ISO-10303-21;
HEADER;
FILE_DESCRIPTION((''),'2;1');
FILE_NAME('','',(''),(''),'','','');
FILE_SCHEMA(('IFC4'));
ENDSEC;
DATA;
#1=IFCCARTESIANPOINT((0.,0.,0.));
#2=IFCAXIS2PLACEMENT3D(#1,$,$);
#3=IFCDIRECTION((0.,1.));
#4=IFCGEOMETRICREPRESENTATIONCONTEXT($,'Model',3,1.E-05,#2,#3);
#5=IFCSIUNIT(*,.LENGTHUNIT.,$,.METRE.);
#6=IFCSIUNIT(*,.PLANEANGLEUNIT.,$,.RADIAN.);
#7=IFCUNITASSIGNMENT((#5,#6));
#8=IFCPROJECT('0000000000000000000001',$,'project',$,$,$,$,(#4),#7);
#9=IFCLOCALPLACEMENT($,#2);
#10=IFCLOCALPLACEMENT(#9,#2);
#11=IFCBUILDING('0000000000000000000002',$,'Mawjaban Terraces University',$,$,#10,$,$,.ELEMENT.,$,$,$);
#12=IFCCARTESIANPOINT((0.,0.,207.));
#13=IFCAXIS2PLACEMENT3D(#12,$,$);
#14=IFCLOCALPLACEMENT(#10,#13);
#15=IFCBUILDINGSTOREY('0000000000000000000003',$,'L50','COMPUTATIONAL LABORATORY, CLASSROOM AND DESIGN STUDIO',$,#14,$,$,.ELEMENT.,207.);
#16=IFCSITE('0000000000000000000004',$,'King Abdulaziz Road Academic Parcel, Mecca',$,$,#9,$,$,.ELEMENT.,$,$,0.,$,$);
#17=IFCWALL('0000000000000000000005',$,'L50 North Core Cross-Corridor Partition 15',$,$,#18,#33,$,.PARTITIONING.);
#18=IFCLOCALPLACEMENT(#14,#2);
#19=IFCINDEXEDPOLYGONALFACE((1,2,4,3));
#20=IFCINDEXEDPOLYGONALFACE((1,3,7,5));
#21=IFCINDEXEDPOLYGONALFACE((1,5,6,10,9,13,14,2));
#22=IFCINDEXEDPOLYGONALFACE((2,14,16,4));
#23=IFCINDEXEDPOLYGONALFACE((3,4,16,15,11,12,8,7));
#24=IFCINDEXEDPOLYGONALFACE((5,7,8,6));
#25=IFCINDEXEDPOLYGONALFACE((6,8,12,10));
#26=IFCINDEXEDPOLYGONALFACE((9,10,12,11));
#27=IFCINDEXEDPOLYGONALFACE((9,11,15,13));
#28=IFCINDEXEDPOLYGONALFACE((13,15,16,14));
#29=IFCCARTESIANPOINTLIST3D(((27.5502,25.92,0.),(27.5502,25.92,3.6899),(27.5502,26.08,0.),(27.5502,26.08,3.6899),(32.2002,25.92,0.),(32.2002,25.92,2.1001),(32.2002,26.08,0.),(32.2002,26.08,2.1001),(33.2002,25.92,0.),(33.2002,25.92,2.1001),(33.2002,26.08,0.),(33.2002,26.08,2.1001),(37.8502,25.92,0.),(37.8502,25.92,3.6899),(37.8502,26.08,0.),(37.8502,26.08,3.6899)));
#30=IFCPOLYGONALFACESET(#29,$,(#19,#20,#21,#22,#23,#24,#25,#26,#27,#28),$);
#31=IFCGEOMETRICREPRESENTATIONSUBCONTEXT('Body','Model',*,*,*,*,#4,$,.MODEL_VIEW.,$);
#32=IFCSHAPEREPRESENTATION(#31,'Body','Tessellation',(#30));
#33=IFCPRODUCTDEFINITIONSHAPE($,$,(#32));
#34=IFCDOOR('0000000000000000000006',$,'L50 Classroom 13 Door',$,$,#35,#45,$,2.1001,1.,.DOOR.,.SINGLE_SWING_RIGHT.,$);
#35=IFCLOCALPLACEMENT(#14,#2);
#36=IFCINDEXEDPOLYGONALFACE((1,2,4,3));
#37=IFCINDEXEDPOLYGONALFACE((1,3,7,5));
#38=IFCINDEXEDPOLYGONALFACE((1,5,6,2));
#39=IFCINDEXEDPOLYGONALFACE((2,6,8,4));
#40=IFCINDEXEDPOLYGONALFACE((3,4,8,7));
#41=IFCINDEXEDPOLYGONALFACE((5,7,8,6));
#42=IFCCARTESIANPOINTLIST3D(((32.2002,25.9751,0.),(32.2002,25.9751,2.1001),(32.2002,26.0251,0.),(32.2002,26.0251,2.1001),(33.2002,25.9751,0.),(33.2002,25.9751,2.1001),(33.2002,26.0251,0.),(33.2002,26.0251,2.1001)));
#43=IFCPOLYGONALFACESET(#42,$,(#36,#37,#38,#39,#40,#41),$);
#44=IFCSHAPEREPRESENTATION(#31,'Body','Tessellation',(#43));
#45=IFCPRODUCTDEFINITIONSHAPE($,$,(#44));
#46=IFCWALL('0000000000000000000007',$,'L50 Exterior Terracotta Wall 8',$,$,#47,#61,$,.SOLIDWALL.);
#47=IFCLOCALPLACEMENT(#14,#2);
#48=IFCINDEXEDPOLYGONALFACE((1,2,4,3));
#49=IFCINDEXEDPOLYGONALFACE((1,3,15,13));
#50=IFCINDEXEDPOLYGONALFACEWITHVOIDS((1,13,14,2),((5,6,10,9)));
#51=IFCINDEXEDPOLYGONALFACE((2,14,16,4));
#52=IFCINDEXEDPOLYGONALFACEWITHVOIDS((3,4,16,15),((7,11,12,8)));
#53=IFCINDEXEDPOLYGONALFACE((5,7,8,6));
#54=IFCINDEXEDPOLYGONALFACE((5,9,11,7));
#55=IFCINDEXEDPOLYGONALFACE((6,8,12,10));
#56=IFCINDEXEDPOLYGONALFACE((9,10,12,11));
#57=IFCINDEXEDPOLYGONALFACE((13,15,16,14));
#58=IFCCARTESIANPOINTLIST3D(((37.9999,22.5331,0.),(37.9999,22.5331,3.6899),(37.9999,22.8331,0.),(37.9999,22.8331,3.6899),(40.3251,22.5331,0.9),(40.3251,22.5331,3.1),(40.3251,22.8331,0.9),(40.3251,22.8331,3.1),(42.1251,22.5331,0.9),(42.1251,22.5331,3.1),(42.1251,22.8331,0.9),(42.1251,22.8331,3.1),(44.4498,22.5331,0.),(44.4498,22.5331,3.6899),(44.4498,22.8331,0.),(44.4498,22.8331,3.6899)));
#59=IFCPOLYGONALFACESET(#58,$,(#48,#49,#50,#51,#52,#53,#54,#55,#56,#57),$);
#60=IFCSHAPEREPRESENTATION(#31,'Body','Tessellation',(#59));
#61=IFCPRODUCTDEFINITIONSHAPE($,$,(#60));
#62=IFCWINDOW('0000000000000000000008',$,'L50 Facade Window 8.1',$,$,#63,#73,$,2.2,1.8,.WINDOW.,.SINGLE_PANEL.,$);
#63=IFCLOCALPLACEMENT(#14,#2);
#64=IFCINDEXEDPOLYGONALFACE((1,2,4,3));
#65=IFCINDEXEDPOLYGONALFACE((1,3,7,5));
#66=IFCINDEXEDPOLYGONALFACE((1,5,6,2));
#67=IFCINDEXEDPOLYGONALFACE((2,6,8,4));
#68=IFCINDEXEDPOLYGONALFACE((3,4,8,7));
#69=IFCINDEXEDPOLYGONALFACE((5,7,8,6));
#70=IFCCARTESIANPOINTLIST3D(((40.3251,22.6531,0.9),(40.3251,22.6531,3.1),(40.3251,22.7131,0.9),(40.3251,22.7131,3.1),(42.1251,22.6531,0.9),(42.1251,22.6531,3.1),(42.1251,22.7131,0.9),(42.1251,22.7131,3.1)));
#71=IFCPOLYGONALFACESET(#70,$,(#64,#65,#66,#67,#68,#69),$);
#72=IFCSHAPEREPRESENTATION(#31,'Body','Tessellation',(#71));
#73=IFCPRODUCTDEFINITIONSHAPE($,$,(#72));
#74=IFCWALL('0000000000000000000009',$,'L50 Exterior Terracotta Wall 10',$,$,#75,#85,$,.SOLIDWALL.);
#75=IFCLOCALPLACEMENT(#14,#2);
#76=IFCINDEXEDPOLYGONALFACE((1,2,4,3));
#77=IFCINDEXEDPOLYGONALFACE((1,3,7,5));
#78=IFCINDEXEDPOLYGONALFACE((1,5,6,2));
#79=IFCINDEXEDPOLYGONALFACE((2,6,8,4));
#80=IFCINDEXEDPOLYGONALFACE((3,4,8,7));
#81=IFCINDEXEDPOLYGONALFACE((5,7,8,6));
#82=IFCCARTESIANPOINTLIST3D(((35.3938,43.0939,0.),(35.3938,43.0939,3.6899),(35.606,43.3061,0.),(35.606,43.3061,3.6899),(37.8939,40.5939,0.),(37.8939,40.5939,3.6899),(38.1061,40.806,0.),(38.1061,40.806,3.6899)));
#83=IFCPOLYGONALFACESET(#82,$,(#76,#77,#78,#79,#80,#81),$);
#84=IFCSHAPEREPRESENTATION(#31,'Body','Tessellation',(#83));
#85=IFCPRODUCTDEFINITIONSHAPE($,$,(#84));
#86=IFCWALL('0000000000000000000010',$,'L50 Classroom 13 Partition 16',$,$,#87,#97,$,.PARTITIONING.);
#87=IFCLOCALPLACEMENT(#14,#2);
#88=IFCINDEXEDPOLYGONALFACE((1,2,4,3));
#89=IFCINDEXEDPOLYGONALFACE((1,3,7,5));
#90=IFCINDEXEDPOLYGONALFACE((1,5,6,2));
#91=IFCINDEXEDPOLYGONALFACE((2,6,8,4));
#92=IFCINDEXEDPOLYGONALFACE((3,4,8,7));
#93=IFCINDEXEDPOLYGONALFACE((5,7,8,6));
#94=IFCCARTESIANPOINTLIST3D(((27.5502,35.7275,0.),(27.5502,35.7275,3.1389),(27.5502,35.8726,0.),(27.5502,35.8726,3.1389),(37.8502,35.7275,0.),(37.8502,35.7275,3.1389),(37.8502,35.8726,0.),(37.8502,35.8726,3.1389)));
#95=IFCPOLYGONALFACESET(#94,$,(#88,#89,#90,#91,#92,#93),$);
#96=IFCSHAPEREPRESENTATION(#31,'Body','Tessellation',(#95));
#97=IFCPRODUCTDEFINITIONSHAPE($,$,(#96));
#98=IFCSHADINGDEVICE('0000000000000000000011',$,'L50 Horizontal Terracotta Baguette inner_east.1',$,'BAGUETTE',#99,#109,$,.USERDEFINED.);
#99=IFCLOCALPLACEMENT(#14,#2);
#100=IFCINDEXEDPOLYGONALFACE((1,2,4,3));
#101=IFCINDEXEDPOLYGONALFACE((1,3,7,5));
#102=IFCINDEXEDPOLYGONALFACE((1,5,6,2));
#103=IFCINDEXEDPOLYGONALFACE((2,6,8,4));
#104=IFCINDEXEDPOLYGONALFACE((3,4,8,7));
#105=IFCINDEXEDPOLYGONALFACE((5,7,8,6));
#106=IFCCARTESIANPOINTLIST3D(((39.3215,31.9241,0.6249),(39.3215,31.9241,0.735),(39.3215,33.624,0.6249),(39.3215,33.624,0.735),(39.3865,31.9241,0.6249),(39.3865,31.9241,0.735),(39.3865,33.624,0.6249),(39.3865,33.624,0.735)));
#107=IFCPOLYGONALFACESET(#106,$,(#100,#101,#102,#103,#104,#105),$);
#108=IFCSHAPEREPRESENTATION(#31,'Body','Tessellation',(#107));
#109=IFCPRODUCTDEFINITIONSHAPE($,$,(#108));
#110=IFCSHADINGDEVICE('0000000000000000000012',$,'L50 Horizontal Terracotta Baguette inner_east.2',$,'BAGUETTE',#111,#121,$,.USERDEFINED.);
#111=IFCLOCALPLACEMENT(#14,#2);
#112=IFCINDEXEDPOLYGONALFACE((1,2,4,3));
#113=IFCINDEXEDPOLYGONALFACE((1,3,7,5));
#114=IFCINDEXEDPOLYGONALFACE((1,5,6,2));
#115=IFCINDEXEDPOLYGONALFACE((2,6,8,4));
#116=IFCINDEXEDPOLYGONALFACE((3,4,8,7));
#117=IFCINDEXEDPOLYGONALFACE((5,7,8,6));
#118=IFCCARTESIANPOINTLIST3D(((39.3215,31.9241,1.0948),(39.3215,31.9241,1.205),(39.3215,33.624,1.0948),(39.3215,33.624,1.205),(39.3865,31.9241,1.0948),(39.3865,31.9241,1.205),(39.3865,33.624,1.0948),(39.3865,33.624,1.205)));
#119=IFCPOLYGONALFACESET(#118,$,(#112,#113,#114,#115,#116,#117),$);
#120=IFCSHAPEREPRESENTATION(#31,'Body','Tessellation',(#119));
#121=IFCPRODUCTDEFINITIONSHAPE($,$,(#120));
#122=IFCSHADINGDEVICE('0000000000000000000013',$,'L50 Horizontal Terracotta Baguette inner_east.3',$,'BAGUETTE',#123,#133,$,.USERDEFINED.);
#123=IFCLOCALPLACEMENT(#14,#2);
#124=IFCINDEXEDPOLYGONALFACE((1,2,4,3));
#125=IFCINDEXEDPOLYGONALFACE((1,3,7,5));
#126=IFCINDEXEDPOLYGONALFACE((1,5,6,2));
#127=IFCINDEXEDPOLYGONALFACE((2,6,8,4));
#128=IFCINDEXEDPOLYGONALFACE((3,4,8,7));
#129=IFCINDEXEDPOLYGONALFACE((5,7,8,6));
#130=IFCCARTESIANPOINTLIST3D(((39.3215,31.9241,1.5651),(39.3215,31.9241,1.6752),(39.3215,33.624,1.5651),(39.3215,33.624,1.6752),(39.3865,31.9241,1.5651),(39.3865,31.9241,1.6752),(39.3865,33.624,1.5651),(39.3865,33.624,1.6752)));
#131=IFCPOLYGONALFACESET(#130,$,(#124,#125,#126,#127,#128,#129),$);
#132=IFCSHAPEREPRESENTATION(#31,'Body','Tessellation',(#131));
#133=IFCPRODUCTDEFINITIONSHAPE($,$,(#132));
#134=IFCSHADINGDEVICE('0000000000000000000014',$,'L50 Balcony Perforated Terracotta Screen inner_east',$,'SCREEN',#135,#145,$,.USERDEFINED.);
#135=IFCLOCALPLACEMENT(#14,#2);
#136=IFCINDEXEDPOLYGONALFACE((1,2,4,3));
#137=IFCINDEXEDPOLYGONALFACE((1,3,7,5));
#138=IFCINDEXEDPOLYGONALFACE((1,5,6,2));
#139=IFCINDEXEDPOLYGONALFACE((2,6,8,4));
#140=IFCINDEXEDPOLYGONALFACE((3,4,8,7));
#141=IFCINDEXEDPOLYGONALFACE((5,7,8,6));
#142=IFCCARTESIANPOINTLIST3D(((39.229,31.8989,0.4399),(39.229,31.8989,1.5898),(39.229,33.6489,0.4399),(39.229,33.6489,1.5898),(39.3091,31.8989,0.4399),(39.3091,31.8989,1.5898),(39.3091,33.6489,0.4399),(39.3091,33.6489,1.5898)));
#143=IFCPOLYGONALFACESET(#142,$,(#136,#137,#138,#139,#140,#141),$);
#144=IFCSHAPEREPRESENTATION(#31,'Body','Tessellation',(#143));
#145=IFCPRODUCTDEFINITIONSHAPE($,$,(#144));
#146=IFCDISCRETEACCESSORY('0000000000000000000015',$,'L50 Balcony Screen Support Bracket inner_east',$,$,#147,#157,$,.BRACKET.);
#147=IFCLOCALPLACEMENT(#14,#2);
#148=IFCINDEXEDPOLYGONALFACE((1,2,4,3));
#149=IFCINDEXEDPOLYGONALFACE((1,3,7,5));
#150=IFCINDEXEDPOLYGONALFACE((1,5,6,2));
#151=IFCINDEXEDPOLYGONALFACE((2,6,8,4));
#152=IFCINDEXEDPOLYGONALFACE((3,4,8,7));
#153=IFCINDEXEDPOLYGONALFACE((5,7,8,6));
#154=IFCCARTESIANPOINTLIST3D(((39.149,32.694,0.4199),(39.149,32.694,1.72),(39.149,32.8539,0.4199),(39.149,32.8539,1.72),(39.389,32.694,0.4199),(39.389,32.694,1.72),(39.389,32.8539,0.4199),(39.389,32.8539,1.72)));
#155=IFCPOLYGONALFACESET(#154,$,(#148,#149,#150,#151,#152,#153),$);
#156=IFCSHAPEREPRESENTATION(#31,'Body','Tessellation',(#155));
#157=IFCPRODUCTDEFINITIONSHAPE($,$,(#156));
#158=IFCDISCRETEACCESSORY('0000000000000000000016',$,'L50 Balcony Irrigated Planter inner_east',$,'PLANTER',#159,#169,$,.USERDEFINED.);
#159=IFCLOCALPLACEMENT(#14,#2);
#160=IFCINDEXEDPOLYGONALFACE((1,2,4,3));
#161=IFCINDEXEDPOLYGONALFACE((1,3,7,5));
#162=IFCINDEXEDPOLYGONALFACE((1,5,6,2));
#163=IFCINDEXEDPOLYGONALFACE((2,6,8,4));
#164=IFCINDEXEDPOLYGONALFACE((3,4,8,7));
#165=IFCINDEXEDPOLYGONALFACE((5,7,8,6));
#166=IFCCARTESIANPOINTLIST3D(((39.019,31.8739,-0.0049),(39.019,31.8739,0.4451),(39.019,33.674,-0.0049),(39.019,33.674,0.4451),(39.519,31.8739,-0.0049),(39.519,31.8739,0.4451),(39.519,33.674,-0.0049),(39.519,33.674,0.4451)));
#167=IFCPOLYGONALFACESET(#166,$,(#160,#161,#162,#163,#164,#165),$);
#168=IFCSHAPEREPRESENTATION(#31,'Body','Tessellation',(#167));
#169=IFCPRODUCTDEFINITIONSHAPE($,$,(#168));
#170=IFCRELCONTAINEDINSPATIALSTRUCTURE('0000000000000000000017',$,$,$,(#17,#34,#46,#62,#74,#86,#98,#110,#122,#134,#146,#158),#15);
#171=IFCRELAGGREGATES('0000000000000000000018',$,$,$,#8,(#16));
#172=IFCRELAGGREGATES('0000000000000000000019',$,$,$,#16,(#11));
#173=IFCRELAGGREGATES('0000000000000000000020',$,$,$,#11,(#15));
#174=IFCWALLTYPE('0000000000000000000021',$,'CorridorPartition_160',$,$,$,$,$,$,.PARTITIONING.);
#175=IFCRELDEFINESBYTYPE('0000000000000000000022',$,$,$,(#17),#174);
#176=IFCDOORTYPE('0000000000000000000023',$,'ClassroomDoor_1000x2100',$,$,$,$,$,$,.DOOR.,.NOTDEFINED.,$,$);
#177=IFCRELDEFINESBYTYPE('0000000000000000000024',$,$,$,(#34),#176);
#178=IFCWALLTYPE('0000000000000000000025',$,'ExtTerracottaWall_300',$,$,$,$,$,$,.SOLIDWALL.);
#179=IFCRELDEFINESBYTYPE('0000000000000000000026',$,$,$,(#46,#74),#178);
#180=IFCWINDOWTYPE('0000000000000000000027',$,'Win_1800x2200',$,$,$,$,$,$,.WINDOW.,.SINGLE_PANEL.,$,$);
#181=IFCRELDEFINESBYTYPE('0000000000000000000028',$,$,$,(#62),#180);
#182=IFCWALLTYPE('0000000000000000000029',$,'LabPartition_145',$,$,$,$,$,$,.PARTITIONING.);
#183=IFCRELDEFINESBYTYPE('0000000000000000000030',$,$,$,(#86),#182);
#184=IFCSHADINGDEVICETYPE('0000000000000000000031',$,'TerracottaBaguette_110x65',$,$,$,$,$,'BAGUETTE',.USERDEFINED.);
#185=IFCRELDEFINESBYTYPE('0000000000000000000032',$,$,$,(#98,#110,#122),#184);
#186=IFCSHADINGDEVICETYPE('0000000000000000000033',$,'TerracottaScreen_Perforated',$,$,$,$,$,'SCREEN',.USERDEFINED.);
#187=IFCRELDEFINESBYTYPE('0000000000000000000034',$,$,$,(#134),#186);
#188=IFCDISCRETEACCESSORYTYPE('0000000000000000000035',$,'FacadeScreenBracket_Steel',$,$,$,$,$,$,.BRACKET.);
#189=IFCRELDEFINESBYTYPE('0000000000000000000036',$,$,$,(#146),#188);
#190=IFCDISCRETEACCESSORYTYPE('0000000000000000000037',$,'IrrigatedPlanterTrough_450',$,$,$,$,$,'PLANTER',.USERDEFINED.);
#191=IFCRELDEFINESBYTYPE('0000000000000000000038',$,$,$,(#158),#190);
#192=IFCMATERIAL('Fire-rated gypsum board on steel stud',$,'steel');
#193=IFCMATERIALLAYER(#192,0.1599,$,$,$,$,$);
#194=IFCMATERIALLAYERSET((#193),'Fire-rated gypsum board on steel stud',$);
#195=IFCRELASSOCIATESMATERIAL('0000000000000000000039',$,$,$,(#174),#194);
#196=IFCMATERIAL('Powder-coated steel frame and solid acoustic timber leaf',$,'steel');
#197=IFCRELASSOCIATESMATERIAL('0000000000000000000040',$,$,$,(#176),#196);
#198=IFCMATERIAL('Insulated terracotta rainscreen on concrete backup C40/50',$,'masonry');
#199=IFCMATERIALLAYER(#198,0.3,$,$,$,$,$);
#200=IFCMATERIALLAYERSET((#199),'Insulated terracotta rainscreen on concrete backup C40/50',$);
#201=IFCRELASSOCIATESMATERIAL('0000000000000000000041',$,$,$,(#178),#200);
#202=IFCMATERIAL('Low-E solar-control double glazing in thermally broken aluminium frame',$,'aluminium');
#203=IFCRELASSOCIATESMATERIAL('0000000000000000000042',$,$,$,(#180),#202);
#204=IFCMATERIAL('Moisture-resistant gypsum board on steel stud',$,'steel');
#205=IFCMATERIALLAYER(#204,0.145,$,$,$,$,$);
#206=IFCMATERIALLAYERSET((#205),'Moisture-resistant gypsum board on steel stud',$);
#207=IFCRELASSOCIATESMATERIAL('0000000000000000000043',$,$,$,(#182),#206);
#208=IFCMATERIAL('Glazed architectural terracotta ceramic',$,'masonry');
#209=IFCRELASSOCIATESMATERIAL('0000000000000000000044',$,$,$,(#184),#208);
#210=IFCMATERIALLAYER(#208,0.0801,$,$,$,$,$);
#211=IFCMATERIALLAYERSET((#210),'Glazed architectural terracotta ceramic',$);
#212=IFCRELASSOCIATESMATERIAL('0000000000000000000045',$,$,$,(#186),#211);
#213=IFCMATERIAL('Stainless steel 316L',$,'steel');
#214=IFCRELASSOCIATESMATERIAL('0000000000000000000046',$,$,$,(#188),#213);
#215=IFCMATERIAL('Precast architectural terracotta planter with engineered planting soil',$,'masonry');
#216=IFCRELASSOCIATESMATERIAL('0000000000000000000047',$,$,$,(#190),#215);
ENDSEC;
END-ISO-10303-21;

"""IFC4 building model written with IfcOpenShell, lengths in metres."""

from ifc_helpers import new_model, si_unit, direction, frame, frame_2d, origin, origin_2d, place, context, subcontext, project, spatial, rectangle, extrude, material, layer, layer_set, material_profile, profile_set, type_object, element, fill, save


model = new_model("IFC4")

# Units and contexts
model_context = context("Model", 3, precision=1e-05, world=origin(), true_north=direction((0.0, 1.0)))
body_context = subcontext(model_context, "Body", "Model", "MODEL_VIEW")
ifc_project = project(units=[si_unit("LENGTHUNIT", "METRE"), si_unit("PLANEANGLEUNIT", "RADIAN")], contexts=[model_context])

# Site, building, storey
site_placement = place(None, origin())
site = spatial("IfcSite", under=ifc_project, at=site_placement, Name="King Abdulaziz Road Academic Parcel, Mecca", CompositionType="ELEMENT", RefElevation=0.0)
building_placement = place(site_placement, origin())
building = spatial("IfcBuilding", under=site, at=building_placement, Name="Mawjaban Terraces University", CompositionType="ELEMENT")
storey_placement = place(building_placement, frame((0.0, 0.0, 207.0)))
storey = spatial("IfcBuildingStorey", under=building, at=storey_placement, Name="L50", Description="COMPUTATIONAL LABORATORY, CLASSROOM AND DESIGN STUDIO", CompositionType="ELEMENT", Elevation=207.0)

# Shared definitions
ifc_material_1 = material(Name="Fire-rated gypsum board on steel stud", Category="steel")
ifc_layer_1 = layer(ifc_material_1, 0.1599)
ifc_layer_set_1 = layer_set([ifc_layer_1], Name="Fire-rated gypsum board on steel stud")
wall_type_1 = type_object("IfcWallType", Name="CorridorPartition_160", PredefinedType="PARTITIONING", material=ifc_layer_set_1)

# Wall, opening, door
wall_1_placement = place(storey_placement, frame((37.8501, 26.0, 0.0), z_axis=(0.0, 0.0, 1.0), x_axis=(-1.0, 0.0, 0.0)))
wall_1 = element("IfcWall", 1, at=wall_1_placement, inside=storey, type_object=wall_type_1, Name="L50 North Core Cross-Corridor Partition 15", PredefinedType="PARTITIONING", context=body_context, shape_type="SweptSolid", body=[
    extrude(rectangle(XDim=10.3, YDim=0.1599, at=frame_2d((5.1499, 0.0))), origin(), (0.0, 0.0, 1.0), 3.6899),
])
opening_1_placement = place(wall_1_placement, frame((4.6499, 0.0, 0.0)))
opening_1 = element("IfcOpeningElement", 2, at=opening_1_placement, cuts=wall_1, PredefinedType="OPENING", context=body_context, shape_type="SweptSolid", body=[
    extrude(rectangle(XDim=1.0, YDim=2.1001, at=frame_2d((0.5, 1.05))), frame((0.0, 0.0898, 0.0), z_axis=(0.0, -1.0, 0.0), x_axis=(1.0, 0.0, 0.0)), (0.0, 0.0, 1.0), 0.1799),
])
ifc_material_2 = material(Name="Powder-coated steel frame and solid acoustic timber leaf", Category="steel")
door_type = type_object("IfcDoorType", Name="ClassroomDoor_1000x2100", OperationType="NOTDEFINED", PredefinedType="DOOR", material=ifc_material_2)
door_placement = place(opening_1_placement, origin())
door = element("IfcDoor", 3, at=door_placement, inside=storey, type_object=door_type, Name="L50 Classroom 13 Door", OperationType="SINGLE_SWING_RIGHT", OverallHeight=2.1001, OverallWidth=1.0, PredefinedType="DOOR", context=body_context, shape_type="SweptSolid", body=[
    extrude(rectangle(XDim=1.0, YDim=2.1001, at=frame_2d((0.5, 1.05))), frame((0.0, 0.0249, 0.0), z_axis=(0.0, -1.0, 0.0), x_axis=(1.0, 0.0, 0.0)), (0.0, 0.0, 1.0), 0.05),
])
fill(opening_1, door)

# Wall, opening, window
ifc_material_3 = material(Name="Insulated terracotta rainscreen on concrete backup C40/50", Category="masonry")
ifc_layer_2 = layer(ifc_material_3, 0.3)
ifc_layer_set_2 = layer_set([ifc_layer_2], Name="Insulated terracotta rainscreen on concrete backup C40/50")
wall_type_2 = type_object("IfcWallType", Name="ExtTerracottaWall_300", PredefinedType="SOLIDWALL", material=ifc_layer_set_2)
wall_2_placement = place(storey_placement, frame((44.45, 22.6831, 0.0), z_axis=(0.0, 0.0, 1.0), x_axis=(-1.0, 0.0, 0.0)))
wall_2 = element("IfcWall", 4, at=wall_2_placement, inside=storey, type_object=wall_type_2, Name="L50 Exterior Terracotta Wall 8", PredefinedType="SOLIDWALL", context=body_context, shape_type="SweptSolid", body=[
    extrude(rectangle(XDim=6.45, YDim=0.3, at=frame_2d((3.2251, 0.0))), origin(), (0.0, 0.0, 1.0), 3.6899),
])
opening_2_placement = place(wall_2_placement, frame((2.325, 0.0, 0.8999)))
opening_2 = element("IfcOpeningElement", 5, at=opening_2_placement, cuts=wall_2, PredefinedType="OPENING", context=body_context, shape_type="SweptSolid", body=[
    extrude(rectangle(XDim=1.8, YDim=2.2, at=frame_2d((0.8999, 1.1001))), frame((0.0, 0.1599, 0.0), z_axis=(0.0, -1.0, 0.0), x_axis=(1.0, 0.0, 0.0)), (0.0, 0.0, 1.0), 0.3201),
])
ifc_material_4 = material(Name="Low-E solar-control double glazing in thermally broken aluminium frame", Category="aluminium")
window_type = type_object("IfcWindowType", Name="Win_1800x2200", PartitioningType="SINGLE_PANEL", PredefinedType="WINDOW", material=ifc_material_4)
window_placement = place(opening_2_placement, origin())
window = element("IfcWindow", 6, at=window_placement, inside=storey, type_object=window_type, Name="L50 Facade Window 8.1", OverallHeight=2.2, OverallWidth=1.8, PartitioningType="SINGLE_PANEL", PredefinedType="WINDOW", context=body_context, shape_type="SweptSolid", body=[
    extrude(rectangle(XDim=1.8, YDim=2.2, at=frame_2d((0.8999, 1.1001))), frame((0.0, 0.03, 0.0), z_axis=(0.0, -1.0, 0.0), x_axis=(1.0, 0.0, 0.0)), (0.0, 0.0, 1.0), 0.0601),
])
fill(opening_2, window)

# Walls
wall_3_placement = place(storey_placement, frame((38.0, 40.7, 0.0), z_axis=(0.0, 0.0, 1.0), x_axis=(-0.707107, 0.707107, 0.0)))
element("IfcWall", 7, at=wall_3_placement, inside=storey, type_object=wall_type_2, Name="L50 Exterior Terracotta Wall 10", PredefinedType="SOLIDWALL", context=body_context, shape_type="SweptSolid", body=[
    extrude(rectangle(XDim=3.5356, YDim=0.3, at=frame_2d((1.7678, 0.0))), origin(), (0.0, 0.0, 1.0), 3.6899),
])
ifc_material_5 = material(Name="Moisture-resistant gypsum board on steel stud", Category="steel")
ifc_layer_3 = layer(ifc_material_5, 0.145)
ifc_layer_set_3 = layer_set([ifc_layer_3], Name="Moisture-resistant gypsum board on steel stud")
wall_type_3 = type_object("IfcWallType", Name="LabPartition_145", PredefinedType="PARTITIONING", material=ifc_layer_set_3)
wall_4_placement = place(storey_placement, frame((37.8501, 35.8, 0.0), z_axis=(0.0, 0.0, 1.0), x_axis=(-1.0, 0.0, 0.0)))
element("IfcWall", 8, at=wall_4_placement, inside=storey, type_object=wall_type_3, Name="L50 Classroom 13 Partition 16", PredefinedType="PARTITIONING", context=body_context, shape_type="SweptSolid", body=[
    extrude(rectangle(XDim=10.3, YDim=0.145, at=frame_2d((5.1499, 0.0))), origin(), (0.0, 0.0, 1.0), 3.1389),
])

# Shading devices
ifc_material_6 = material(Name="Glazed architectural terracotta ceramic", Category="masonry")
ifc_material_profile_1 = material_profile(ifc_material_6, rectangle(XDim=0.0649, YDim=0.1101, at=origin_2d()), Name="TBAG110X65")
ifc_profile_set_1 = profile_set([ifc_material_profile_1], Name="Glazed architectural terracotta ceramic")
shading_device_type_1 = type_object("IfcShadingDeviceType", Name="TerracottaBaguette_110x65", ElementType="BAGUETTE", PredefinedType="USERDEFINED", material=ifc_profile_set_1)
for number, where, z_axis, x_axis, name in (
    (9, (39.354, 31.9241, 0.6799), (0.0, 1.0, 0.0), (-1.0, 0.0, 0.0), "L50 Horizontal Terracotta Baguette inner_east.1"),
    (10, (39.354, 31.9241, 1.1499), (0.0, 1.0, 0.0), (-1.0, 0.0, 0.0), "L50 Horizontal Terracotta Baguette inner_east.2"),
    (11, (39.354, 31.9241, 1.6201), (0.0, 1.0, 0.0), (-1.0, 0.0, 0.0), "L50 Horizontal Terracotta Baguette inner_east.3"),
):
    element("IfcShadingDevice", number, at=place(storey_placement, frame(where, z_axis=z_axis, x_axis=x_axis)), inside=storey, type_object=shading_device_type_1, Name=name, ObjectType="BAGUETTE", PredefinedType="USERDEFINED", context=body_context, shape_type="SweptSolid", body=[
        extrude(rectangle(XDim=0.0649, YDim=0.1101, at=origin_2d()), origin(), (0.0, 0.0, 1.0), 1.7),
    ])
ifc_layer_4 = layer(ifc_material_6, 0.0801)
ifc_layer_set_4 = layer_set([ifc_layer_4], Name="Glazed architectural terracotta ceramic")
shading_device_type_2 = type_object("IfcShadingDeviceType", Name="TerracottaScreen_Perforated", ElementType="SCREEN", PredefinedType="USERDEFINED", material=ifc_layer_set_4)
shading_device_placement = place(storey_placement, frame((39.269, 32.7739, 0.4399), z_axis=(0.0, 0.0, 1.0), x_axis=(0.0, 1.0, 0.0)))
element("IfcShadingDevice", 12, at=shading_device_placement, inside=storey, type_object=shading_device_type_2, Name="L50 Balcony Perforated Terracotta Screen inner_east", ObjectType="SCREEN", PredefinedType="USERDEFINED", context=body_context, shape_type="SweptSolid", body=[
    extrude(rectangle(XDim=1.75, YDim=0.0801, at=origin_2d()), origin(), (0.0, 0.0, 1.0), 1.1499),
])

# Discrete accessories
ifc_material_7 = material(Name="Stainless steel 316L", Category="steel")
discrete_accessory_type_1 = type_object("IfcDiscreteAccessoryType", Name="FacadeScreenBracket_Steel", PredefinedType="BRACKET", material=ifc_material_7)
discrete_accessory_1_placement = place(storey_placement, frame((39.269, 32.7739, 0.4199), z_axis=(0.0, 0.0, 1.0), x_axis=(0.0, 1.0, 0.0)))
element("IfcDiscreteAccessory", 13, at=discrete_accessory_1_placement, inside=storey, type_object=discrete_accessory_type_1, Name="L50 Balcony Screen Support Bracket inner_east", PredefinedType="BRACKET", context=body_context, shape_type="SweptSolid", body=[
    extrude(rectangle(XDim=0.1599, YDim=0.24, at=origin_2d()), origin(), (0.0, 0.0, 1.0), 1.3),
])
ifc_material_8 = material(Name="Precast architectural terracotta planter with engineered planting soil", Category="masonry")
discrete_accessory_type_2 = type_object("IfcDiscreteAccessoryType", Name="IrrigatedPlanterTrough_450", ElementType="PLANTER", PredefinedType="USERDEFINED", material=ifc_material_8)
discrete_accessory_2_placement = place(storey_placement, frame((39.269, 32.7739, -0.0049), z_axis=(0.0, 0.0, 1.0), x_axis=(0.0, 1.0, 0.0)))
element("IfcDiscreteAccessory", 14, at=discrete_accessory_2_placement, inside=storey, type_object=discrete_accessory_type_2, Name="L50 Balcony Irrigated Planter inner_east", ObjectType="PLANTER", PredefinedType="USERDEFINED", context=body_context, shape_type="SweptSolid", body=[
    extrude(rectangle(XDim=1.8, YDim=0.5, at=origin_2d()), origin(), (0.0, 0.0, 1.0), 0.45),
])

save(model, "model.ifc")
